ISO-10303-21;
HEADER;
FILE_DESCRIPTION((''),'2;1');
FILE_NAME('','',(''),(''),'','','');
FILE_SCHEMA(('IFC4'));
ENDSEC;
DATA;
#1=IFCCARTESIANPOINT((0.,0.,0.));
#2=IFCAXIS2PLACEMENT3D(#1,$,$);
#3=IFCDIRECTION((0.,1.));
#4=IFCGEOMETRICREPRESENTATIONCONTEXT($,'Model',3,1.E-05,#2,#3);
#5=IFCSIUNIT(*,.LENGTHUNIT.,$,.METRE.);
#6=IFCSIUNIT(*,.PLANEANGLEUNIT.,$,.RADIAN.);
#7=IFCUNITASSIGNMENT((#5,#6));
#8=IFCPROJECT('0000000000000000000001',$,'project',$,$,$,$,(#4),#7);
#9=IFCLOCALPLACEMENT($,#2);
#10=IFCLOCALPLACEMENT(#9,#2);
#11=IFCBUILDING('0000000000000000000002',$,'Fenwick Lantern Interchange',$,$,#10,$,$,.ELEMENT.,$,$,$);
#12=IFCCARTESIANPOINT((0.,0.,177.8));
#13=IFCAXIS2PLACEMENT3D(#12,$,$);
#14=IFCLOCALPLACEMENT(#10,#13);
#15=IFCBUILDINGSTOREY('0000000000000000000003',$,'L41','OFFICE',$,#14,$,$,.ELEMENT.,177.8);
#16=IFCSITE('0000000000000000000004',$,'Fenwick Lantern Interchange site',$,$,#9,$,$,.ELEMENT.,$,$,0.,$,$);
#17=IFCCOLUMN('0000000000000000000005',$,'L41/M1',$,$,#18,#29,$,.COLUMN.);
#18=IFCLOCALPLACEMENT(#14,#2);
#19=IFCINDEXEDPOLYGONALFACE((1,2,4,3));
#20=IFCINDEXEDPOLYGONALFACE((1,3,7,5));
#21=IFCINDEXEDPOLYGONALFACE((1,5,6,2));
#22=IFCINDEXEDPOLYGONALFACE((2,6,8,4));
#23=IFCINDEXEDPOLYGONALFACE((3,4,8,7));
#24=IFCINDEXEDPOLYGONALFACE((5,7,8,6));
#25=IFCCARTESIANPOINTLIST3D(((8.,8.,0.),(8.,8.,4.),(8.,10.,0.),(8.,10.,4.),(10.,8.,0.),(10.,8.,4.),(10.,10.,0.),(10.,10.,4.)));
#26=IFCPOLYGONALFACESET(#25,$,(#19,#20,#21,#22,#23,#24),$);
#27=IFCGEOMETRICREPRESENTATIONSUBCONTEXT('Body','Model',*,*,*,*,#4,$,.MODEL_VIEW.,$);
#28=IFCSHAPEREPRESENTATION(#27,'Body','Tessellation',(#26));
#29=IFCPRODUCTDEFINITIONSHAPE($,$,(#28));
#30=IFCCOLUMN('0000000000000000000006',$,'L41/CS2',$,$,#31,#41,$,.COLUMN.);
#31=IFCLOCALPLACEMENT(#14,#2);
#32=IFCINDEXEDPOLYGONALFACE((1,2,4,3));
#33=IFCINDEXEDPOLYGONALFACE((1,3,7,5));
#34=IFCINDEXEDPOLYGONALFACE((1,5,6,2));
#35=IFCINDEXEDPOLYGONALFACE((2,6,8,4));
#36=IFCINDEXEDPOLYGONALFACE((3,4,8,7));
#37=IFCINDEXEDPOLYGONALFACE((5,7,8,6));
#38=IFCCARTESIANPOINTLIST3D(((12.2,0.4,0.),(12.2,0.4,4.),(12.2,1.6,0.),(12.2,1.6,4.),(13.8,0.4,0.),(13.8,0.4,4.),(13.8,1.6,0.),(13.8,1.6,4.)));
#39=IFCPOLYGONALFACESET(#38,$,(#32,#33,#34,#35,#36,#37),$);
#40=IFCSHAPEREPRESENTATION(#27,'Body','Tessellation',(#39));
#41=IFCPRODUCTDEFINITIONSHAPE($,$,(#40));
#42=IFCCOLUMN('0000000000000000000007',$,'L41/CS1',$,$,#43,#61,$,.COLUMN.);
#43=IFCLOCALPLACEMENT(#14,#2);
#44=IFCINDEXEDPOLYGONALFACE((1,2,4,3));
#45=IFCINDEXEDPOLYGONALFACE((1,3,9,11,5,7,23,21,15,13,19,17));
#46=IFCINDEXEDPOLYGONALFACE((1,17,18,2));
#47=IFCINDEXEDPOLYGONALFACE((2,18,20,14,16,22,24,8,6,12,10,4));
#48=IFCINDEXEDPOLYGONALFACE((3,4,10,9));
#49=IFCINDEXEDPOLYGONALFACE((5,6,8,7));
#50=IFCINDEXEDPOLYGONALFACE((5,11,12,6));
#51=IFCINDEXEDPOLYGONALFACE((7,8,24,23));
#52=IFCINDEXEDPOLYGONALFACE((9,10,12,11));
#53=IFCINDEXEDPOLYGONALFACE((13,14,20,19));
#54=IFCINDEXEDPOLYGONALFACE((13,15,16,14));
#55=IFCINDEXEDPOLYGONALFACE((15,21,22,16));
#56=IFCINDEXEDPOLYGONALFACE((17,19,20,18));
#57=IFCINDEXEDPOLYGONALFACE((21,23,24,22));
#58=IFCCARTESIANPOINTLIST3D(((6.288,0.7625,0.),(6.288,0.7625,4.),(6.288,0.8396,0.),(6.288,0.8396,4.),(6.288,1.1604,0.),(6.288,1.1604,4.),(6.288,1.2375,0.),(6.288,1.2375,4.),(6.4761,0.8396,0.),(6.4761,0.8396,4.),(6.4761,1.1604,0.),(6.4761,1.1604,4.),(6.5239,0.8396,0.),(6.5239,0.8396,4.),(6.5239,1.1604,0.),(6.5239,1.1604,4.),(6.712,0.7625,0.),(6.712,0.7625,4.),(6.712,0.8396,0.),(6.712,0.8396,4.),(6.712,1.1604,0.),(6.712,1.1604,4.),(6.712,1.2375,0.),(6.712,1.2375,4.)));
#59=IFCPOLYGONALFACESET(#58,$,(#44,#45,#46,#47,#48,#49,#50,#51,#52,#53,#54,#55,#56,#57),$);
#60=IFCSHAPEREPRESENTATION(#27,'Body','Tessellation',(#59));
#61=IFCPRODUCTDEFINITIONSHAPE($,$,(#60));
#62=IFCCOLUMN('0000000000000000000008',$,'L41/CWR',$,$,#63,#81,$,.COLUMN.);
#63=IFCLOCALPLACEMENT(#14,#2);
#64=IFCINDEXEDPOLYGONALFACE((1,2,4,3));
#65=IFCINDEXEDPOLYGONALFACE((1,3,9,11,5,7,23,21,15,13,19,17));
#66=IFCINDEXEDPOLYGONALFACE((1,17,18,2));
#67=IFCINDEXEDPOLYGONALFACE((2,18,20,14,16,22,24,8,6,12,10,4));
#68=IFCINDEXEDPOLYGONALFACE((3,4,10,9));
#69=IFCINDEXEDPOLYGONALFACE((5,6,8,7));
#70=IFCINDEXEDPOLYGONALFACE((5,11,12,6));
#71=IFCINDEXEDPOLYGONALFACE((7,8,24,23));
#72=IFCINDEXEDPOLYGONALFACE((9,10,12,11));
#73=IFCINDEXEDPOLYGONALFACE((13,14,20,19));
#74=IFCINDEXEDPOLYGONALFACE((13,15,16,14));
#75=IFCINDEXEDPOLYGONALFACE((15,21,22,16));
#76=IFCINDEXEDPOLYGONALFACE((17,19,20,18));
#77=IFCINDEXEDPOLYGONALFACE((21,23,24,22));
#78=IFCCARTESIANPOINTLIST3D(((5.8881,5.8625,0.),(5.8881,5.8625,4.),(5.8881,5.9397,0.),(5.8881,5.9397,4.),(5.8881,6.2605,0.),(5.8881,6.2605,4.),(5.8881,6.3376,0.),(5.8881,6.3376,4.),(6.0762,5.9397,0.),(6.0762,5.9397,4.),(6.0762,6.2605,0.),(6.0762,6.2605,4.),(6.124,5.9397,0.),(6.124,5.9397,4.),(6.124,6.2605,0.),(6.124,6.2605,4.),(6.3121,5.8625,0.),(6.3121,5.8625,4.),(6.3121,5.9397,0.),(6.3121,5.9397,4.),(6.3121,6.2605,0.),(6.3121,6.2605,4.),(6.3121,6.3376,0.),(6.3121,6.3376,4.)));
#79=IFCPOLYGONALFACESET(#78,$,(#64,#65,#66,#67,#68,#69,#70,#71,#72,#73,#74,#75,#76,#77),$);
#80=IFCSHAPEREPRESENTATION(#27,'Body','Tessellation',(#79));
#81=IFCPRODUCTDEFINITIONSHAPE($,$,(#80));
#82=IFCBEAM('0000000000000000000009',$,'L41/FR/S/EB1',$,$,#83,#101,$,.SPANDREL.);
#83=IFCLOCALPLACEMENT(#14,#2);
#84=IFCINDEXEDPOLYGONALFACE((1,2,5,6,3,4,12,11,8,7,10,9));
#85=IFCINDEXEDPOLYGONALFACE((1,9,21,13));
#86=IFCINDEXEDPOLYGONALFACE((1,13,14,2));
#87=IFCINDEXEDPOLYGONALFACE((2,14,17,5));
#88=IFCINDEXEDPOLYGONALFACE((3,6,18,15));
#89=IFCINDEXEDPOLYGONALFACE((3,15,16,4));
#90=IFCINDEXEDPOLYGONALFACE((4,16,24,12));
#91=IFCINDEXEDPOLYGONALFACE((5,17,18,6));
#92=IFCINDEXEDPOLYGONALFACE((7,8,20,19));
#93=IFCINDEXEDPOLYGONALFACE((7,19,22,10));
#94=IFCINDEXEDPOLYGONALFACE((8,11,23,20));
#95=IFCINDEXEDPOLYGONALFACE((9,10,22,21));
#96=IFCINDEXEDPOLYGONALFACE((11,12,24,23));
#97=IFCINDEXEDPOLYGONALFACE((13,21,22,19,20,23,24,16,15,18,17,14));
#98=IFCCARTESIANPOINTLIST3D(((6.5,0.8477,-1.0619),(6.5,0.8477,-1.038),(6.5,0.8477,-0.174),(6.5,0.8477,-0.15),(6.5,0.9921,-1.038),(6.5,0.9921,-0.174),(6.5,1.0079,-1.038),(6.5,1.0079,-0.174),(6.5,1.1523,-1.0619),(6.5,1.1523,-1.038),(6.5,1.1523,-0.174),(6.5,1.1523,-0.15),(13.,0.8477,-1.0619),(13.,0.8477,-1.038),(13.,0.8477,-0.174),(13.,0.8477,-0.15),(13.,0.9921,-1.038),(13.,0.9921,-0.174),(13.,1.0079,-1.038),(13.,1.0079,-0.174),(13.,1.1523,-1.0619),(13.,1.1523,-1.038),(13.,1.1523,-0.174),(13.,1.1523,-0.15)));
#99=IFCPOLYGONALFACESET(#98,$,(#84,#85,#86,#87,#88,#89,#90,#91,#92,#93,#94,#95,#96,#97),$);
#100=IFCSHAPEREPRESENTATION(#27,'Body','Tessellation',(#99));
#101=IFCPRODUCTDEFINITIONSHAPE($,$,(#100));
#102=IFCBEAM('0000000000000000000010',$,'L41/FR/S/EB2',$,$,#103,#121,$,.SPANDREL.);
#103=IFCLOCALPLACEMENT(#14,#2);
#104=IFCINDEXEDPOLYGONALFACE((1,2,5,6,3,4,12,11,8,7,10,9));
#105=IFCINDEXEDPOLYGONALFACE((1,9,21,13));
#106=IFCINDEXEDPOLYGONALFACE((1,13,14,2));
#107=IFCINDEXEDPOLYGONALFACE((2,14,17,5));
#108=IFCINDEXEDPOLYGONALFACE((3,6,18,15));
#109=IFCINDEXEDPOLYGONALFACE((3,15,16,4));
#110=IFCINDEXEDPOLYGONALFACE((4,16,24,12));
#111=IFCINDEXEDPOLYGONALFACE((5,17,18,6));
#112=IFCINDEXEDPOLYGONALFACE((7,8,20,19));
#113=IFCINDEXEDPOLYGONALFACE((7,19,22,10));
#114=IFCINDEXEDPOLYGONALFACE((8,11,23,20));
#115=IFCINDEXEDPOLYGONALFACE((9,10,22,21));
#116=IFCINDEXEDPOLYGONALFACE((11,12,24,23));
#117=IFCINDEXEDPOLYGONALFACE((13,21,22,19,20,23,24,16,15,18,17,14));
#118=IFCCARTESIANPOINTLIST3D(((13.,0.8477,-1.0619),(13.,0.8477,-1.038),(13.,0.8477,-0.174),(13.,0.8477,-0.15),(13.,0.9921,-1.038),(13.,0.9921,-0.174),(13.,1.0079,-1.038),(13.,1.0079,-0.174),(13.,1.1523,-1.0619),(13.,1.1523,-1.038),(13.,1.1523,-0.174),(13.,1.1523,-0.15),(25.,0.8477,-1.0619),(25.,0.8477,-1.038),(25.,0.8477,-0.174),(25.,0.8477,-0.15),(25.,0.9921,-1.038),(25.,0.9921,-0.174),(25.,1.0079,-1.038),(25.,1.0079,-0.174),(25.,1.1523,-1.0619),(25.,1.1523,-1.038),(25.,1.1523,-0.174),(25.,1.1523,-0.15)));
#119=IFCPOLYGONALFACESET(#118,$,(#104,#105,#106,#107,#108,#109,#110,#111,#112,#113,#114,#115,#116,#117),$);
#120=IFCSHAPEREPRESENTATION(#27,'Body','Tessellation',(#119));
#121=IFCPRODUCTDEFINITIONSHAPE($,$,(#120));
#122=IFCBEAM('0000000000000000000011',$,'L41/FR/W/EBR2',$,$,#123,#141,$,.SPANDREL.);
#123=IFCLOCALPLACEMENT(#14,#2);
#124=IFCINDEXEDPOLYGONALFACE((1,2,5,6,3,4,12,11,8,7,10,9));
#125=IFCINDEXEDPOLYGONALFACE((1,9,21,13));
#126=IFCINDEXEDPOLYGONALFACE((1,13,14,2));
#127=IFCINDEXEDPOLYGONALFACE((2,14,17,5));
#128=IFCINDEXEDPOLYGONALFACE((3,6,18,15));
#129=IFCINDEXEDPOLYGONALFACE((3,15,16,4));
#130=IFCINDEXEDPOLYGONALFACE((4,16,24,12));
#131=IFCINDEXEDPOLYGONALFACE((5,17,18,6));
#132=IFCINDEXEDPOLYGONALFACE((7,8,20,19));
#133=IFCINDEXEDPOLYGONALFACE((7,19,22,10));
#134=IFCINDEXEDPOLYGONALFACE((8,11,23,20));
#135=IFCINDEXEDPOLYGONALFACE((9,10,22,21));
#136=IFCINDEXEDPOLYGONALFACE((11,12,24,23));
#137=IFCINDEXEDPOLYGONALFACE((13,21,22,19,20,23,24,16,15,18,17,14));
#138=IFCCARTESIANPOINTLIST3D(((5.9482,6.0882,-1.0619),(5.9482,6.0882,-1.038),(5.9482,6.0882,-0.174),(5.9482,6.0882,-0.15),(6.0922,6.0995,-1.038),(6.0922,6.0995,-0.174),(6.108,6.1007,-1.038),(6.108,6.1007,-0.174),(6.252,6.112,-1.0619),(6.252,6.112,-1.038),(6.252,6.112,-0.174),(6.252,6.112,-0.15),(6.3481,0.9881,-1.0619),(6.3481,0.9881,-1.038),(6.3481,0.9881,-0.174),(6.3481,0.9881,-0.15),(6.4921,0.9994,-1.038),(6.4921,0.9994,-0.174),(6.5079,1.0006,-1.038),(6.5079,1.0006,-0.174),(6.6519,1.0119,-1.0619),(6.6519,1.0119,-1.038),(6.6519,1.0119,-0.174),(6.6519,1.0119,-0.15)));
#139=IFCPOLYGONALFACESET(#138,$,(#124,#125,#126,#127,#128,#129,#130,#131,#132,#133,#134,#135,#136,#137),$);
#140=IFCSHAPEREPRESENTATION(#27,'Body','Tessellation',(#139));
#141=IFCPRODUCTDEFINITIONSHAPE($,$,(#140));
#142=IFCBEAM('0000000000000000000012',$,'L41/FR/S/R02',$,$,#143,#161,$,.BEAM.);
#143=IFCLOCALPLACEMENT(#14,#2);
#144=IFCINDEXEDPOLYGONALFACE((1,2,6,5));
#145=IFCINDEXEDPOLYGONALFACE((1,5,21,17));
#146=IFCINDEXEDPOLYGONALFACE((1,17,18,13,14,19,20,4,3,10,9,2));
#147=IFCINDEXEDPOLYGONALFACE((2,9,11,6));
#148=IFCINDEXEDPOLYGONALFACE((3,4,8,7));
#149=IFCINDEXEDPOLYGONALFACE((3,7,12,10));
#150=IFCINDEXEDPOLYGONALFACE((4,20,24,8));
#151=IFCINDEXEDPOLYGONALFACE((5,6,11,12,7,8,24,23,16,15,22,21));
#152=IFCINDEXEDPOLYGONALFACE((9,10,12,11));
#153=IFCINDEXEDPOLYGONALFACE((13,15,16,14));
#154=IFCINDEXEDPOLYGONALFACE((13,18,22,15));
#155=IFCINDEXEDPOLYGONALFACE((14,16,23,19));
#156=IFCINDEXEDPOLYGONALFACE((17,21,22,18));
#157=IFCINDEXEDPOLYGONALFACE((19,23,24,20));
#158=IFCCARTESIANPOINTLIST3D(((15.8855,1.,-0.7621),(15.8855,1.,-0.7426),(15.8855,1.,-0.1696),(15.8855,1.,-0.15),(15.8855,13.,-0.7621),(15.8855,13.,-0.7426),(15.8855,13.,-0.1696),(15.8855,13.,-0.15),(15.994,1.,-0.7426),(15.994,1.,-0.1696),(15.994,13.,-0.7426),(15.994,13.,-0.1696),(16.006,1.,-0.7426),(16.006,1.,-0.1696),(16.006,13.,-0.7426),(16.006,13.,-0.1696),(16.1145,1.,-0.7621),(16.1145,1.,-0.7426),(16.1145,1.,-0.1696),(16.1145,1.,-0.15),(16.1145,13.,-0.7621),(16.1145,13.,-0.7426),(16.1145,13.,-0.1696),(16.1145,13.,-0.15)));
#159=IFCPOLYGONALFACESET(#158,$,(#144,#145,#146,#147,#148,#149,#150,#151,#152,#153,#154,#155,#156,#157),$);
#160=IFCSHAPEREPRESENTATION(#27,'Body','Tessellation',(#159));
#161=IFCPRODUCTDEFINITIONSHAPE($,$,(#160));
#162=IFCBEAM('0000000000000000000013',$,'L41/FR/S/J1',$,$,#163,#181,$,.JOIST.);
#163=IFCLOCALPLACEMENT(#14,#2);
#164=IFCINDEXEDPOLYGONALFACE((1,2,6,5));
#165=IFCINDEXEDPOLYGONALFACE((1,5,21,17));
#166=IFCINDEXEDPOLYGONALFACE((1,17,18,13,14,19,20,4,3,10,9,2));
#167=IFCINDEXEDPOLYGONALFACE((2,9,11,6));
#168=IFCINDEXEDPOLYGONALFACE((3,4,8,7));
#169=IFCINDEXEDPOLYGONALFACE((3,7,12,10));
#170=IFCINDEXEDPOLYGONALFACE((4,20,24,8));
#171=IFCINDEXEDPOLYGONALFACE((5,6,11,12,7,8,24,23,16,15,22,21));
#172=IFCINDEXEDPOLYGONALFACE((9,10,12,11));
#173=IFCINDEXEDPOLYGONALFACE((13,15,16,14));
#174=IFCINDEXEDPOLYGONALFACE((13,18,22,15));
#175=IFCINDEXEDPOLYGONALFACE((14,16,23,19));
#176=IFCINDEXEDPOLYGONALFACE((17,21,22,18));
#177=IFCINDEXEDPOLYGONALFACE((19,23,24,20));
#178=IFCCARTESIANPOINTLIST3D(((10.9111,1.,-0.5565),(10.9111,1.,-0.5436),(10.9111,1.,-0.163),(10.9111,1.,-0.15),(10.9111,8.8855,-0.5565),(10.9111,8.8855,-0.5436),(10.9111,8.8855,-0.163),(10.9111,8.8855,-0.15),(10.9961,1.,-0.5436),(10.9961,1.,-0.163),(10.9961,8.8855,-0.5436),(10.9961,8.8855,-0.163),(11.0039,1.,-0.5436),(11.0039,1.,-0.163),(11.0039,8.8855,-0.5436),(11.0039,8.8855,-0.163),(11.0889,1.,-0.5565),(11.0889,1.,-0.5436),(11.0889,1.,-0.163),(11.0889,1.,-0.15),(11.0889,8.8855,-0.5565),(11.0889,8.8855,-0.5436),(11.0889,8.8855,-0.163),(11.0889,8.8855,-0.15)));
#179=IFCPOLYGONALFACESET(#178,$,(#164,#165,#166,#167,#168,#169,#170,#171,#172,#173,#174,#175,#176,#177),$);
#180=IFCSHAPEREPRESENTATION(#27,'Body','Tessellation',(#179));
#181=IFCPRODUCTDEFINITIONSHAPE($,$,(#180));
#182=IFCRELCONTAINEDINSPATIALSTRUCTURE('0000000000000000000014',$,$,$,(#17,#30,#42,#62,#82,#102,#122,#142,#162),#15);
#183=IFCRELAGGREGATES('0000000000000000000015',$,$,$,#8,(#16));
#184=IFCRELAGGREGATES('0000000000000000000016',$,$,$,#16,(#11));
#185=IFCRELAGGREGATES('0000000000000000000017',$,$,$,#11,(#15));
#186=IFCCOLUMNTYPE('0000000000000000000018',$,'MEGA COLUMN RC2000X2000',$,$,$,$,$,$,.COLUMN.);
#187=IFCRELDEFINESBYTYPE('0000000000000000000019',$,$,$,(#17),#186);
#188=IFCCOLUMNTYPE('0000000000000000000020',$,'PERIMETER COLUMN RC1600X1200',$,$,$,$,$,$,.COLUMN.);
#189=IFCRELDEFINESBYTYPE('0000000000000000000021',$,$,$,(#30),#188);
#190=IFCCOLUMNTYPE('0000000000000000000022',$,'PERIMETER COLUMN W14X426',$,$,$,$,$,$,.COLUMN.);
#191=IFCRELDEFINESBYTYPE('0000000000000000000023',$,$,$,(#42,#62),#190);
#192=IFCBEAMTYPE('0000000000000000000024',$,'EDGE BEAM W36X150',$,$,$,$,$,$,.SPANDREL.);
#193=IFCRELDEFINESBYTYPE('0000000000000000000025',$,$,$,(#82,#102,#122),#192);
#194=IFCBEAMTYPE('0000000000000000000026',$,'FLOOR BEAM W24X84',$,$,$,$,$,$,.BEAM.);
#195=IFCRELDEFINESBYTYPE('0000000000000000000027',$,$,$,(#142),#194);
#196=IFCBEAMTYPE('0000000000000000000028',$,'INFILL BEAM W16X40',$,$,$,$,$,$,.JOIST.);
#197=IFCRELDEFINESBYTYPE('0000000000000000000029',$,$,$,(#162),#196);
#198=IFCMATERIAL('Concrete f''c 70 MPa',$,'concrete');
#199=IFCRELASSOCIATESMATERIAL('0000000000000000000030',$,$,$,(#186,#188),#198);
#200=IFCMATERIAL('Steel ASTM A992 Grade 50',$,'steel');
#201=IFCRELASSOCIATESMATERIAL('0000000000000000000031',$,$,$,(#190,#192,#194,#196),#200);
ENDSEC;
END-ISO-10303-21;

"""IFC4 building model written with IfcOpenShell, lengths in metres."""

from ifc_helpers import new_model, si_unit, direction, frame, origin, origin_2d, place, context, subcontext, project, spatial, rectangle, i_section, extrude, material, material_profile, profile_set, type_object, element, save


model = new_model("IFC4")

# Units and contexts
model_context = context("Model", 3, precision=1e-05, world=origin(), true_north=direction((0.0, 1.0)))
body_context = subcontext(model_context, "Body", "Model", "MODEL_VIEW")
ifc_project = project(units=[si_unit("LENGTHUNIT", "METRE"), si_unit("PLANEANGLEUNIT", "RADIAN")], contexts=[model_context])

# Site, building, storey
site_placement = place(None, origin())
site = spatial("IfcSite", under=ifc_project, at=site_placement, Name="Fenwick Lantern Interchange site", CompositionType="ELEMENT", RefElevation=0.0)
building_placement = place(site_placement, origin())
building = spatial("IfcBuilding", under=site, at=building_placement, Name="Fenwick Lantern Interchange", CompositionType="ELEMENT")
storey_placement = place(building_placement, frame((0.0, 0.0, 177.8)))
storey = spatial("IfcBuildingStorey", under=building, at=storey_placement, Name="L41", Description="OFFICE", CompositionType="ELEMENT", Elevation=177.8)

# Columns
ifc_material_1 = material(Name="Concrete f'c 70 MPa", Category="concrete")
ifc_material_profile_1 = material_profile(ifc_material_1, rectangle(XDim=2.0, YDim=2.0, at=origin_2d()), Name="RC2000X2000")
ifc_profile_set_1 = profile_set([ifc_material_profile_1], Name="Concrete f'c 70 MPa")
column_type_1 = type_object("IfcColumnType", Name="MEGA COLUMN RC2000X2000", PredefinedType="COLUMN", material=ifc_profile_set_1)
column_1_placement = place(storey_placement, frame((9.0, 9.0, 0.0), z_axis=(0.0, 0.0, 1.0), x_axis=(1.0, 0.0, 0.0)))
element("IfcColumn", 1, at=column_1_placement, inside=storey, type_object=column_type_1, Name="L41/M1", PredefinedType="COLUMN", context=body_context, shape_type="SweptSolid", body=[
    extrude(rectangle(XDim=2.0, YDim=2.0, at=origin_2d()), origin(), (0.0, 0.0, 1.0), 4.0),
])
ifc_material_profile_2 = material_profile(ifc_material_1, rectangle(XDim=1.6001, YDim=1.2, at=origin_2d()), Name="RC1600X1200")
ifc_profile_set_2 = profile_set([ifc_material_profile_2], Name="Concrete f'c 70 MPa")
column_type_2 = type_object("IfcColumnType", Name="PERIMETER COLUMN RC1600X1200", PredefinedType="COLUMN", material=ifc_profile_set_2)
column_2_placement = place(storey_placement, frame((13.0, 1.0, 0.0), z_axis=(0.0, 0.0, 1.0), x_axis=(1.0, 0.0, 0.0)))
element("IfcColumn", 2, at=column_2_placement, inside=storey, type_object=column_type_2, Name="L41/CS2", PredefinedType="COLUMN", context=body_context, shape_type="SweptSolid", body=[
    extrude(rectangle(XDim=1.6001, YDim=1.2, at=origin_2d()), origin(), (0.0, 0.0, 1.0), 4.0),
])
ifc_material_2 = material(Name="Steel ASTM A992 Grade 50", Category="steel")
ifc_material_profile_3 = material_profile(ifc_material_2, i_section(OverallWidth=0.4241, OverallDepth=0.4751, WebThickness=0.0479, FlangeThickness=0.0771, at=origin_2d()), Name="W14X426")
ifc_profile_set_3 = profile_set([ifc_material_profile_3], Name="Steel ASTM A992 Grade 50")
column_type_3 = type_object("IfcColumnType", Name="PERIMETER COLUMN W14X426", PredefinedType="COLUMN", material=ifc_profile_set_3)
for number, where, z_axis, x_axis, name in (
    (3, (6.5, 1.0, 0.0), (0.0, 0.0, 1.0), (1.0, 0.0, 0.0), "L41/CS1"),
    (4, (6.1001, 6.1001, 0.0), (0.0, 0.0, 1.0), (1.0, 0.0, 0.0), "L41/CWR"),
):
    element("IfcColumn", number, at=place(storey_placement, frame(where, z_axis=z_axis, x_axis=x_axis)), inside=storey, type_object=column_type_3, Name=name, PredefinedType="COLUMN", context=body_context, shape_type="SweptSolid", body=[
        extrude(i_section(OverallWidth=0.4241, OverallDepth=0.4751, WebThickness=0.0479, FlangeThickness=0.0771, at=origin_2d()), origin(), (0.0, 0.0, 1.0), 4.0),
    ])

# Beams
ifc_material_profile_4 = material_profile(ifc_material_2, i_section(OverallWidth=0.3047, OverallDepth=0.9119, WebThickness=0.0159, FlangeThickness=0.0239, at=origin_2d()), Name="W36X150")
ifc_profile_set_4 = profile_set([ifc_material_profile_4], Name="Steel ASTM A992 Grade 50")
beam_type_1 = type_object("IfcBeamType", Name="EDGE BEAM W36X150", PredefinedType="SPANDREL", material=ifc_profile_set_4)
beam_1_placement = place(storey_placement, frame((6.5, 1.0, -0.606), z_axis=(1.0, 0.0, 0.0), x_axis=(0.0, 1.0, 0.0)))
element("IfcBeam", 5, at=beam_1_placement, inside=storey, type_object=beam_type_1, Name="L41/FR/S/EB1", PredefinedType="SPANDREL", context=body_context, shape_type="SweptSolid", body=[
    extrude(i_section(OverallWidth=0.3047, OverallDepth=0.9119, WebThickness=0.0159, FlangeThickness=0.0239, at=origin_2d()), origin(), (0.0, 0.0, 1.0), 6.5),
])
beam_2_placement = place(storey_placement, frame((13.0, 1.0, -0.606), z_axis=(1.0, 0.0, 0.0), x_axis=(0.0, 1.0, 0.0)))
element("IfcBeam", 6, at=beam_2_placement, inside=storey, type_object=beam_type_1, Name="L41/FR/S/EB2", PredefinedType="SPANDREL", context=body_context, shape_type="SweptSolid", body=[
    extrude(i_section(OverallWidth=0.3047, OverallDepth=0.9119, WebThickness=0.0159, FlangeThickness=0.0239, at=origin_2d()), origin(), (0.0, 0.0, 1.0), 12.0),
])
beam_3_placement = place(storey_placement, frame((6.1001, 6.1001, -0.606), z_axis=(0.078171, -0.99694, 0.0), x_axis=(0.99694, 0.078171, 0.0)))
element("IfcBeam", 7, at=beam_3_placement, inside=storey, type_object=beam_type_1, Name="L41/FR/W/EBR2", PredefinedType="SPANDREL", context=body_context, shape_type="SweptSolid", body=[
    extrude(i_section(OverallWidth=0.3047, OverallDepth=0.9119, WebThickness=0.0159, FlangeThickness=0.0239, at=origin_2d()), origin(), (0.0, 0.0, 1.0), 5.1157),
])
ifc_material_profile_5 = material_profile(ifc_material_2, i_section(OverallWidth=0.229, OverallDepth=0.6121, WebThickness=0.012, FlangeThickness=0.0195, at=origin_2d()), Name="W24X84")
ifc_profile_set_5 = profile_set([ifc_material_profile_5], Name="Steel ASTM A992 Grade 50")
beam_type_2 = type_object("IfcBeamType", Name="FLOOR BEAM W24X84", PredefinedType="BEAM", material=ifc_profile_set_5)
beam_4_placement = place(storey_placement, frame((16.0, 1.0, -0.4561), z_axis=(0.0, 1.0, 0.0), x_axis=(-1.0, 0.0, 0.0)))
element("IfcBeam", 8, at=beam_4_placement, inside=storey, type_object=beam_type_2, Name="L41/FR/S/R02", PredefinedType="BEAM", context=body_context, shape_type="SweptSolid", body=[
    extrude(i_section(OverallWidth=0.229, OverallDepth=0.6121, WebThickness=0.012, FlangeThickness=0.0195, at=origin_2d()), origin(), (0.0, 0.0, 1.0), 12.0),
])
ifc_material_profile_6 = material_profile(ifc_material_2, i_section(OverallWidth=0.1777, OverallDepth=0.4065, WebThickness=0.0078, FlangeThickness=0.0129, at=origin_2d()), Name="W16X40")
ifc_profile_set_6 = profile_set([ifc_material_profile_6], Name="Steel ASTM A992 Grade 50")
beam_type_3 = type_object("IfcBeamType", Name="INFILL BEAM W16X40", PredefinedType="JOIST", material=ifc_profile_set_6)
beam_5_placement = place(storey_placement, frame((11.0, 1.0, -0.3533), z_axis=(0.0, 1.0, 0.0), x_axis=(-1.0, 0.0, 0.0)))
element("IfcBeam", 9, at=beam_5_placement, inside=storey, type_object=beam_type_3, Name="L41/FR/S/J1", PredefinedType="JOIST", context=body_context, shape_type="SweptSolid", body=[
    extrude(i_section(OverallWidth=0.1777, OverallDepth=0.4065, WebThickness=0.0078, FlangeThickness=0.0129, at=origin_2d()), origin(), (0.0, 0.0, 1.0), 7.8855),
])

save(model, "model.ifc")
